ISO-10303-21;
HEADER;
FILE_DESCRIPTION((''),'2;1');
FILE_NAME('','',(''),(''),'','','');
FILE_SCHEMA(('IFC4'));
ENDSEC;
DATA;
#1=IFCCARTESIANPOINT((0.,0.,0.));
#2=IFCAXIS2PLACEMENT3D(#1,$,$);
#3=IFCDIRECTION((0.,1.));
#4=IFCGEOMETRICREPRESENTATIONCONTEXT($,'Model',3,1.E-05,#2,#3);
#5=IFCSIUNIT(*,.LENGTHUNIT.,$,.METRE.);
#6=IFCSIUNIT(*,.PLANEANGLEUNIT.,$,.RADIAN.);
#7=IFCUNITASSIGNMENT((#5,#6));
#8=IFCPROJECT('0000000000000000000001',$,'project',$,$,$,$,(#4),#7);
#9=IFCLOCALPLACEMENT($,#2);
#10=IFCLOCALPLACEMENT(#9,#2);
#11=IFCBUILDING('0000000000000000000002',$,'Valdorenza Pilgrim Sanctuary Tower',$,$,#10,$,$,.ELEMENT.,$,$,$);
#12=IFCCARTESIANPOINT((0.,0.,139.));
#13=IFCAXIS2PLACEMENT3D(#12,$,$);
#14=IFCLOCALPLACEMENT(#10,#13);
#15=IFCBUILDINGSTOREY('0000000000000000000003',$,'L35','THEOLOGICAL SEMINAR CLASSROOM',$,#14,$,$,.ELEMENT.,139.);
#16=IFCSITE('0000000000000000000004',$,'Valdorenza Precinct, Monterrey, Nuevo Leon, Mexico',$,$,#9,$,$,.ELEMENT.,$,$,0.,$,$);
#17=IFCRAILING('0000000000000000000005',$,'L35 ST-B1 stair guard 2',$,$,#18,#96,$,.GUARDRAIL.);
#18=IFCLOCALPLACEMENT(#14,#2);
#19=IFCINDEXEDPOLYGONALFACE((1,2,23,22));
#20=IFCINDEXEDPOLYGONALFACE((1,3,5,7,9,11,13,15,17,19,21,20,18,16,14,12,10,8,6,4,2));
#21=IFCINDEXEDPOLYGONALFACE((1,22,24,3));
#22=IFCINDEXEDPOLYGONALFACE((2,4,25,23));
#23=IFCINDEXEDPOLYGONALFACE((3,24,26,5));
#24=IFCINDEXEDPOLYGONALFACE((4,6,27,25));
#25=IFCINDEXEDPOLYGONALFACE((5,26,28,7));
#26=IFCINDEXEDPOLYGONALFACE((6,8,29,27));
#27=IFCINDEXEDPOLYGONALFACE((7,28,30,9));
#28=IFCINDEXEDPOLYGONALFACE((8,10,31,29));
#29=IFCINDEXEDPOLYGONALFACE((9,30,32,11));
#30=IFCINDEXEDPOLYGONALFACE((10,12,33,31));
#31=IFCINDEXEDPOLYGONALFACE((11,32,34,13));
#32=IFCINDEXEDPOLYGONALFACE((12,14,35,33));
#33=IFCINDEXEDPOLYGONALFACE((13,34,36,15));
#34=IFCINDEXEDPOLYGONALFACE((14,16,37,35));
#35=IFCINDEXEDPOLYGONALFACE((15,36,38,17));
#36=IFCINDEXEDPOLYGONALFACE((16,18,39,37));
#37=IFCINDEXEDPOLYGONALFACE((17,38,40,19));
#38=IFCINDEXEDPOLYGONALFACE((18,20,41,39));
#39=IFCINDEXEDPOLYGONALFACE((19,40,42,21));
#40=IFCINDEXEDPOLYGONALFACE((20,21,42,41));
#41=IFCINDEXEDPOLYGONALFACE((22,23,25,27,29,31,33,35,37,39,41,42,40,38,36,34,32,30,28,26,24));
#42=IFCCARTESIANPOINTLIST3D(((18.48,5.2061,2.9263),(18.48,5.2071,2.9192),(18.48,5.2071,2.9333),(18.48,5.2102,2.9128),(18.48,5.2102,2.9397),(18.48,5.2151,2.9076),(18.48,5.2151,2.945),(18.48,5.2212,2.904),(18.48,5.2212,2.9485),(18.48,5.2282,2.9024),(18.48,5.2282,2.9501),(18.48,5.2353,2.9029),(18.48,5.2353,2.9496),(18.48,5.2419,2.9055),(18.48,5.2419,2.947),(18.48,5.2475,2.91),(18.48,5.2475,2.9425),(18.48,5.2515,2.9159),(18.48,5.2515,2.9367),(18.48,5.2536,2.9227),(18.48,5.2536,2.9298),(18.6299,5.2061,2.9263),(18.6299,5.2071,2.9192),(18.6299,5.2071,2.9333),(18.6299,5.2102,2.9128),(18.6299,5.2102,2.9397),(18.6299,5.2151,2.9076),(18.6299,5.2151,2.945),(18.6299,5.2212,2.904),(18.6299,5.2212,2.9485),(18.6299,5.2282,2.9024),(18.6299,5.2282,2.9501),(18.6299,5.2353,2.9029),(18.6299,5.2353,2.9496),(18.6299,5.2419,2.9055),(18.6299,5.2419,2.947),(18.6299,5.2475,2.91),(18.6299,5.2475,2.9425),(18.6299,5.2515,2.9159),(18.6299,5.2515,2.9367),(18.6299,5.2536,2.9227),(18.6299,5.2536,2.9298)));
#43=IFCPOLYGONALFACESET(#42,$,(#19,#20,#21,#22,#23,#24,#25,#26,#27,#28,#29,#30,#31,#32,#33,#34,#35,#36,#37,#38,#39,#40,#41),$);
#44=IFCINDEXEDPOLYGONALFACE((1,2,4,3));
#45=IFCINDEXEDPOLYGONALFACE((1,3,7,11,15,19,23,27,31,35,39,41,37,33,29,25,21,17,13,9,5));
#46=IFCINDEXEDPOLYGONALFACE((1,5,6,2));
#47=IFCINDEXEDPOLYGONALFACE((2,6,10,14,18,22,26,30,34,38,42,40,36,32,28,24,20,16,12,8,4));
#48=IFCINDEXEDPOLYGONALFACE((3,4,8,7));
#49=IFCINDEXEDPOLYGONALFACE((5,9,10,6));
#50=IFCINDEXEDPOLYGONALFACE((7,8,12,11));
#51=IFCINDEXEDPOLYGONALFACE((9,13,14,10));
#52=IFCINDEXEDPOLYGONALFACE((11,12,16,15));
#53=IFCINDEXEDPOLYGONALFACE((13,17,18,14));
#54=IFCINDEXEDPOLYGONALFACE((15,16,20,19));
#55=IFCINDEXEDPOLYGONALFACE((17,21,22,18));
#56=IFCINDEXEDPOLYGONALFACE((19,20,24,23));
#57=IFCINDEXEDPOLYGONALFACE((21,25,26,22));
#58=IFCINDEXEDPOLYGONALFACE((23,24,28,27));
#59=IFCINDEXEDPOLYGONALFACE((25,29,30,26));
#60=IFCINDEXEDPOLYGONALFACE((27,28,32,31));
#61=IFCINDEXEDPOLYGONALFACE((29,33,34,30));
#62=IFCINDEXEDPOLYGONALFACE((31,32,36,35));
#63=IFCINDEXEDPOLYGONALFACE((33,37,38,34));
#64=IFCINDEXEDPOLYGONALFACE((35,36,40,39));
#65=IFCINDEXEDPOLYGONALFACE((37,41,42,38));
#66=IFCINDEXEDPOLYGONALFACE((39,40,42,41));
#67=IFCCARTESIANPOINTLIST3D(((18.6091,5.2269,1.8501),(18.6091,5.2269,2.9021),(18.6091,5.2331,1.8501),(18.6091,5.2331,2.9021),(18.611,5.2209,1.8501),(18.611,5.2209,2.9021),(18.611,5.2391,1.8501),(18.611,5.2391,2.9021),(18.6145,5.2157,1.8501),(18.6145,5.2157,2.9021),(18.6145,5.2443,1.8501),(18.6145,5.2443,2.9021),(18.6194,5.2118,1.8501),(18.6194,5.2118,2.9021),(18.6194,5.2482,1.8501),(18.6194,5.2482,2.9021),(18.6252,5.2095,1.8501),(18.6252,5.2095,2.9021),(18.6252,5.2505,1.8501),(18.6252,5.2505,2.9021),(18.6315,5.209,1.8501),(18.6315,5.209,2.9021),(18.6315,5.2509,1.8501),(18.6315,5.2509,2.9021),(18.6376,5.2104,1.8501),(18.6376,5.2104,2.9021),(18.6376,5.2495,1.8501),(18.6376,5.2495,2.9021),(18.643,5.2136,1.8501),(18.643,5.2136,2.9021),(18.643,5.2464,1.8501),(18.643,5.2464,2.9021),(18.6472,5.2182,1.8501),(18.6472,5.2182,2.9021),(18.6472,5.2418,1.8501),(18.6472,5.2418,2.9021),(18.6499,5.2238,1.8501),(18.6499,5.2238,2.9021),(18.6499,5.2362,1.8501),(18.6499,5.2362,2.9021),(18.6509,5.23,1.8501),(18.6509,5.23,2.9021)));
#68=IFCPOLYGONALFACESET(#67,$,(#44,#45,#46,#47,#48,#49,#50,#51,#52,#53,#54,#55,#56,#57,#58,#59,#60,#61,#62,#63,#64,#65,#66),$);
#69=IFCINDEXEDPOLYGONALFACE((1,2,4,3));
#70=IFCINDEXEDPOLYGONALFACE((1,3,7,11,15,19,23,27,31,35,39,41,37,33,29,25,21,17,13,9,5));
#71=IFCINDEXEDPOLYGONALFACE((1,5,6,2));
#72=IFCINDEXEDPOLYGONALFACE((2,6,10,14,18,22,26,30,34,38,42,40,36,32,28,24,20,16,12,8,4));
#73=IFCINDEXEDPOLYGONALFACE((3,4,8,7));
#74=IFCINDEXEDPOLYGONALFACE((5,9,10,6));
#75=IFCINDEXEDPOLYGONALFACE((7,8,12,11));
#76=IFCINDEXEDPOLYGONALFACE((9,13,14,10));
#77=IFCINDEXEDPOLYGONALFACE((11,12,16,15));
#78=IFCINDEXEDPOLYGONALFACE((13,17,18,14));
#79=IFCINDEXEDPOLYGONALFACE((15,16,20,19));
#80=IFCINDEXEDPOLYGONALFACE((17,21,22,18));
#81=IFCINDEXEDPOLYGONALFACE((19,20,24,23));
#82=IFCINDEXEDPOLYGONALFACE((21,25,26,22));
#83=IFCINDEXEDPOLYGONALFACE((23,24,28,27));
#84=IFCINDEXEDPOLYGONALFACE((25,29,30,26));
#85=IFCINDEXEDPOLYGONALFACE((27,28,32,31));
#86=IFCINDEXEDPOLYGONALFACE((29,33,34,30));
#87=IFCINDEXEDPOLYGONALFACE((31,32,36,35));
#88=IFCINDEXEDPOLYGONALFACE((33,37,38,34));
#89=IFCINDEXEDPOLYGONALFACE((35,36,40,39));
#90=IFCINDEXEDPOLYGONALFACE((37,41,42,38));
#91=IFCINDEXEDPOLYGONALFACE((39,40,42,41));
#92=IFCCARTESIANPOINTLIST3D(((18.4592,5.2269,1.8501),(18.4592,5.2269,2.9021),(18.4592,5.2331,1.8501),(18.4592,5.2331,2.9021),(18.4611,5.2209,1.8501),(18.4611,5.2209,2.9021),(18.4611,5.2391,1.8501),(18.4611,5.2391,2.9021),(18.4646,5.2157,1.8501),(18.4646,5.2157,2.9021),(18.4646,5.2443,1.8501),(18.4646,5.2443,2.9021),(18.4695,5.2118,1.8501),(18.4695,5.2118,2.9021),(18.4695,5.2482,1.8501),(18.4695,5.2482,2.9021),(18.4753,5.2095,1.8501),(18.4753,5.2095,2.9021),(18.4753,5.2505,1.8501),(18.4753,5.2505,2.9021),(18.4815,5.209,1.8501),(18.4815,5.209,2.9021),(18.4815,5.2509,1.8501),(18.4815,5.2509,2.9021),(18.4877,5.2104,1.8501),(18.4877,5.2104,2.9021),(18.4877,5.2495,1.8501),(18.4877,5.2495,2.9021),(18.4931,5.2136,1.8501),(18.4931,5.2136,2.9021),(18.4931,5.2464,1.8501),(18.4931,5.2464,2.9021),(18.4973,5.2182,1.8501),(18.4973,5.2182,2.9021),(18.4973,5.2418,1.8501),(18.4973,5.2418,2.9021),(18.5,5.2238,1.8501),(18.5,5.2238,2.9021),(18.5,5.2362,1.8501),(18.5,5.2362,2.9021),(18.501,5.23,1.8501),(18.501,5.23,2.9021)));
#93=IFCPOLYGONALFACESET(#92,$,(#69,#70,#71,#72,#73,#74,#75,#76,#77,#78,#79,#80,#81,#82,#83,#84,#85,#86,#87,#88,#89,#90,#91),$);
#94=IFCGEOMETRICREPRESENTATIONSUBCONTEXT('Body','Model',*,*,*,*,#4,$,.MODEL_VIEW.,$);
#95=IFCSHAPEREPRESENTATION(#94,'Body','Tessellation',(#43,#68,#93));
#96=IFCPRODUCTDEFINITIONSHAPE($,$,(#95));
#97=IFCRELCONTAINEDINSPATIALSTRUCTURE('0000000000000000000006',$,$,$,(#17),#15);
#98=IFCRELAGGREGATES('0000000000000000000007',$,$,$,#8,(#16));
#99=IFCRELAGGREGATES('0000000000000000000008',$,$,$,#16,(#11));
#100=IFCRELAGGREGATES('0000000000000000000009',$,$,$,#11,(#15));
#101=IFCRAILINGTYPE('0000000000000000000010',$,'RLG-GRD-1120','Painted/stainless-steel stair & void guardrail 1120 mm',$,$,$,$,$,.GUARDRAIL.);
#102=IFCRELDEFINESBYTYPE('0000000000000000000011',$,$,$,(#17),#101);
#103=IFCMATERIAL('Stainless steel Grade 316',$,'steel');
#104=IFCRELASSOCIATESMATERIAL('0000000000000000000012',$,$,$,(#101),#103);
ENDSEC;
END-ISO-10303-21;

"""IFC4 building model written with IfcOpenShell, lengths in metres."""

from ifc_helpers import new_model, si_unit, direction, frame, origin, origin_2d, place, context, subcontext, project, spatial, circle, extrude, material, type_object, element, save


model = new_model("IFC4")

# Units and contexts
model_context = context("Model", 3, precision=1e-05, world=origin(), true_north=direction((0.0, 1.0)))
body_context = subcontext(model_context, "Body", "Model", "MODEL_VIEW")
ifc_project = project(units=[si_unit("LENGTHUNIT", "METRE"), si_unit("PLANEANGLEUNIT", "RADIAN")], contexts=[model_context])

# Site, building, storey
site_placement = place(None, origin())
site = spatial("IfcSite", under=ifc_project, at=site_placement, Name="Valdorenza Precinct, Monterrey, Nuevo Leon, Mexico", CompositionType="ELEMENT", RefElevation=0.0)
building_placement = place(site_placement, origin())
building = spatial("IfcBuilding", under=site, at=building_placement, Name="Valdorenza Pilgrim Sanctuary Tower", CompositionType="ELEMENT")
storey_placement = place(building_placement, frame((0.0, 0.0, 139.0)))
storey = spatial("IfcBuildingStorey", under=building, at=storey_placement, Name="L35", Description="THEOLOGICAL SEMINAR CLASSROOM", CompositionType="ELEMENT", Elevation=139.0)

# Railing
ifc_material_1 = material(Name="Stainless steel Grade 316", Category="steel")
railing_type_1 = type_object("IfcRailingType", Name="RLG-GRD-1120", Description="Painted/stainless-steel stair & void guardrail 1120 mm", PredefinedType="GUARDRAIL", material=ifc_material_1)
railing_1_placement = place(storey_placement, frame((18.6299, 5.23, 1.8501)))
element("IfcRailing", 1, at=railing_1_placement, inside=storey, type_object=railing_type_1, Name="L35 ST-B1 stair guard 2", PredefinedType="GUARDRAIL", context=body_context, shape_type="SweptSolid", body=[
    extrude(circle(Radius=0.0239, at=origin_2d()), frame((0.0, 0.0, 1.0762), z_axis=(-1.0, 0.0, 0.0), x_axis=(0.0, -1.0, 0.0)), (0.0, 0.0, 1.0), 0.1499),
    extrude(circle(Radius=0.021, at=origin_2d()), origin(), (0.0, 0.0, 1.0), 1.052),
    extrude(circle(Radius=0.021, at=origin_2d()), frame((-0.1499, 0.0, 0.0)), (0.0, 0.0, 1.0), 1.052),
])

save(model, "model.ifc")
